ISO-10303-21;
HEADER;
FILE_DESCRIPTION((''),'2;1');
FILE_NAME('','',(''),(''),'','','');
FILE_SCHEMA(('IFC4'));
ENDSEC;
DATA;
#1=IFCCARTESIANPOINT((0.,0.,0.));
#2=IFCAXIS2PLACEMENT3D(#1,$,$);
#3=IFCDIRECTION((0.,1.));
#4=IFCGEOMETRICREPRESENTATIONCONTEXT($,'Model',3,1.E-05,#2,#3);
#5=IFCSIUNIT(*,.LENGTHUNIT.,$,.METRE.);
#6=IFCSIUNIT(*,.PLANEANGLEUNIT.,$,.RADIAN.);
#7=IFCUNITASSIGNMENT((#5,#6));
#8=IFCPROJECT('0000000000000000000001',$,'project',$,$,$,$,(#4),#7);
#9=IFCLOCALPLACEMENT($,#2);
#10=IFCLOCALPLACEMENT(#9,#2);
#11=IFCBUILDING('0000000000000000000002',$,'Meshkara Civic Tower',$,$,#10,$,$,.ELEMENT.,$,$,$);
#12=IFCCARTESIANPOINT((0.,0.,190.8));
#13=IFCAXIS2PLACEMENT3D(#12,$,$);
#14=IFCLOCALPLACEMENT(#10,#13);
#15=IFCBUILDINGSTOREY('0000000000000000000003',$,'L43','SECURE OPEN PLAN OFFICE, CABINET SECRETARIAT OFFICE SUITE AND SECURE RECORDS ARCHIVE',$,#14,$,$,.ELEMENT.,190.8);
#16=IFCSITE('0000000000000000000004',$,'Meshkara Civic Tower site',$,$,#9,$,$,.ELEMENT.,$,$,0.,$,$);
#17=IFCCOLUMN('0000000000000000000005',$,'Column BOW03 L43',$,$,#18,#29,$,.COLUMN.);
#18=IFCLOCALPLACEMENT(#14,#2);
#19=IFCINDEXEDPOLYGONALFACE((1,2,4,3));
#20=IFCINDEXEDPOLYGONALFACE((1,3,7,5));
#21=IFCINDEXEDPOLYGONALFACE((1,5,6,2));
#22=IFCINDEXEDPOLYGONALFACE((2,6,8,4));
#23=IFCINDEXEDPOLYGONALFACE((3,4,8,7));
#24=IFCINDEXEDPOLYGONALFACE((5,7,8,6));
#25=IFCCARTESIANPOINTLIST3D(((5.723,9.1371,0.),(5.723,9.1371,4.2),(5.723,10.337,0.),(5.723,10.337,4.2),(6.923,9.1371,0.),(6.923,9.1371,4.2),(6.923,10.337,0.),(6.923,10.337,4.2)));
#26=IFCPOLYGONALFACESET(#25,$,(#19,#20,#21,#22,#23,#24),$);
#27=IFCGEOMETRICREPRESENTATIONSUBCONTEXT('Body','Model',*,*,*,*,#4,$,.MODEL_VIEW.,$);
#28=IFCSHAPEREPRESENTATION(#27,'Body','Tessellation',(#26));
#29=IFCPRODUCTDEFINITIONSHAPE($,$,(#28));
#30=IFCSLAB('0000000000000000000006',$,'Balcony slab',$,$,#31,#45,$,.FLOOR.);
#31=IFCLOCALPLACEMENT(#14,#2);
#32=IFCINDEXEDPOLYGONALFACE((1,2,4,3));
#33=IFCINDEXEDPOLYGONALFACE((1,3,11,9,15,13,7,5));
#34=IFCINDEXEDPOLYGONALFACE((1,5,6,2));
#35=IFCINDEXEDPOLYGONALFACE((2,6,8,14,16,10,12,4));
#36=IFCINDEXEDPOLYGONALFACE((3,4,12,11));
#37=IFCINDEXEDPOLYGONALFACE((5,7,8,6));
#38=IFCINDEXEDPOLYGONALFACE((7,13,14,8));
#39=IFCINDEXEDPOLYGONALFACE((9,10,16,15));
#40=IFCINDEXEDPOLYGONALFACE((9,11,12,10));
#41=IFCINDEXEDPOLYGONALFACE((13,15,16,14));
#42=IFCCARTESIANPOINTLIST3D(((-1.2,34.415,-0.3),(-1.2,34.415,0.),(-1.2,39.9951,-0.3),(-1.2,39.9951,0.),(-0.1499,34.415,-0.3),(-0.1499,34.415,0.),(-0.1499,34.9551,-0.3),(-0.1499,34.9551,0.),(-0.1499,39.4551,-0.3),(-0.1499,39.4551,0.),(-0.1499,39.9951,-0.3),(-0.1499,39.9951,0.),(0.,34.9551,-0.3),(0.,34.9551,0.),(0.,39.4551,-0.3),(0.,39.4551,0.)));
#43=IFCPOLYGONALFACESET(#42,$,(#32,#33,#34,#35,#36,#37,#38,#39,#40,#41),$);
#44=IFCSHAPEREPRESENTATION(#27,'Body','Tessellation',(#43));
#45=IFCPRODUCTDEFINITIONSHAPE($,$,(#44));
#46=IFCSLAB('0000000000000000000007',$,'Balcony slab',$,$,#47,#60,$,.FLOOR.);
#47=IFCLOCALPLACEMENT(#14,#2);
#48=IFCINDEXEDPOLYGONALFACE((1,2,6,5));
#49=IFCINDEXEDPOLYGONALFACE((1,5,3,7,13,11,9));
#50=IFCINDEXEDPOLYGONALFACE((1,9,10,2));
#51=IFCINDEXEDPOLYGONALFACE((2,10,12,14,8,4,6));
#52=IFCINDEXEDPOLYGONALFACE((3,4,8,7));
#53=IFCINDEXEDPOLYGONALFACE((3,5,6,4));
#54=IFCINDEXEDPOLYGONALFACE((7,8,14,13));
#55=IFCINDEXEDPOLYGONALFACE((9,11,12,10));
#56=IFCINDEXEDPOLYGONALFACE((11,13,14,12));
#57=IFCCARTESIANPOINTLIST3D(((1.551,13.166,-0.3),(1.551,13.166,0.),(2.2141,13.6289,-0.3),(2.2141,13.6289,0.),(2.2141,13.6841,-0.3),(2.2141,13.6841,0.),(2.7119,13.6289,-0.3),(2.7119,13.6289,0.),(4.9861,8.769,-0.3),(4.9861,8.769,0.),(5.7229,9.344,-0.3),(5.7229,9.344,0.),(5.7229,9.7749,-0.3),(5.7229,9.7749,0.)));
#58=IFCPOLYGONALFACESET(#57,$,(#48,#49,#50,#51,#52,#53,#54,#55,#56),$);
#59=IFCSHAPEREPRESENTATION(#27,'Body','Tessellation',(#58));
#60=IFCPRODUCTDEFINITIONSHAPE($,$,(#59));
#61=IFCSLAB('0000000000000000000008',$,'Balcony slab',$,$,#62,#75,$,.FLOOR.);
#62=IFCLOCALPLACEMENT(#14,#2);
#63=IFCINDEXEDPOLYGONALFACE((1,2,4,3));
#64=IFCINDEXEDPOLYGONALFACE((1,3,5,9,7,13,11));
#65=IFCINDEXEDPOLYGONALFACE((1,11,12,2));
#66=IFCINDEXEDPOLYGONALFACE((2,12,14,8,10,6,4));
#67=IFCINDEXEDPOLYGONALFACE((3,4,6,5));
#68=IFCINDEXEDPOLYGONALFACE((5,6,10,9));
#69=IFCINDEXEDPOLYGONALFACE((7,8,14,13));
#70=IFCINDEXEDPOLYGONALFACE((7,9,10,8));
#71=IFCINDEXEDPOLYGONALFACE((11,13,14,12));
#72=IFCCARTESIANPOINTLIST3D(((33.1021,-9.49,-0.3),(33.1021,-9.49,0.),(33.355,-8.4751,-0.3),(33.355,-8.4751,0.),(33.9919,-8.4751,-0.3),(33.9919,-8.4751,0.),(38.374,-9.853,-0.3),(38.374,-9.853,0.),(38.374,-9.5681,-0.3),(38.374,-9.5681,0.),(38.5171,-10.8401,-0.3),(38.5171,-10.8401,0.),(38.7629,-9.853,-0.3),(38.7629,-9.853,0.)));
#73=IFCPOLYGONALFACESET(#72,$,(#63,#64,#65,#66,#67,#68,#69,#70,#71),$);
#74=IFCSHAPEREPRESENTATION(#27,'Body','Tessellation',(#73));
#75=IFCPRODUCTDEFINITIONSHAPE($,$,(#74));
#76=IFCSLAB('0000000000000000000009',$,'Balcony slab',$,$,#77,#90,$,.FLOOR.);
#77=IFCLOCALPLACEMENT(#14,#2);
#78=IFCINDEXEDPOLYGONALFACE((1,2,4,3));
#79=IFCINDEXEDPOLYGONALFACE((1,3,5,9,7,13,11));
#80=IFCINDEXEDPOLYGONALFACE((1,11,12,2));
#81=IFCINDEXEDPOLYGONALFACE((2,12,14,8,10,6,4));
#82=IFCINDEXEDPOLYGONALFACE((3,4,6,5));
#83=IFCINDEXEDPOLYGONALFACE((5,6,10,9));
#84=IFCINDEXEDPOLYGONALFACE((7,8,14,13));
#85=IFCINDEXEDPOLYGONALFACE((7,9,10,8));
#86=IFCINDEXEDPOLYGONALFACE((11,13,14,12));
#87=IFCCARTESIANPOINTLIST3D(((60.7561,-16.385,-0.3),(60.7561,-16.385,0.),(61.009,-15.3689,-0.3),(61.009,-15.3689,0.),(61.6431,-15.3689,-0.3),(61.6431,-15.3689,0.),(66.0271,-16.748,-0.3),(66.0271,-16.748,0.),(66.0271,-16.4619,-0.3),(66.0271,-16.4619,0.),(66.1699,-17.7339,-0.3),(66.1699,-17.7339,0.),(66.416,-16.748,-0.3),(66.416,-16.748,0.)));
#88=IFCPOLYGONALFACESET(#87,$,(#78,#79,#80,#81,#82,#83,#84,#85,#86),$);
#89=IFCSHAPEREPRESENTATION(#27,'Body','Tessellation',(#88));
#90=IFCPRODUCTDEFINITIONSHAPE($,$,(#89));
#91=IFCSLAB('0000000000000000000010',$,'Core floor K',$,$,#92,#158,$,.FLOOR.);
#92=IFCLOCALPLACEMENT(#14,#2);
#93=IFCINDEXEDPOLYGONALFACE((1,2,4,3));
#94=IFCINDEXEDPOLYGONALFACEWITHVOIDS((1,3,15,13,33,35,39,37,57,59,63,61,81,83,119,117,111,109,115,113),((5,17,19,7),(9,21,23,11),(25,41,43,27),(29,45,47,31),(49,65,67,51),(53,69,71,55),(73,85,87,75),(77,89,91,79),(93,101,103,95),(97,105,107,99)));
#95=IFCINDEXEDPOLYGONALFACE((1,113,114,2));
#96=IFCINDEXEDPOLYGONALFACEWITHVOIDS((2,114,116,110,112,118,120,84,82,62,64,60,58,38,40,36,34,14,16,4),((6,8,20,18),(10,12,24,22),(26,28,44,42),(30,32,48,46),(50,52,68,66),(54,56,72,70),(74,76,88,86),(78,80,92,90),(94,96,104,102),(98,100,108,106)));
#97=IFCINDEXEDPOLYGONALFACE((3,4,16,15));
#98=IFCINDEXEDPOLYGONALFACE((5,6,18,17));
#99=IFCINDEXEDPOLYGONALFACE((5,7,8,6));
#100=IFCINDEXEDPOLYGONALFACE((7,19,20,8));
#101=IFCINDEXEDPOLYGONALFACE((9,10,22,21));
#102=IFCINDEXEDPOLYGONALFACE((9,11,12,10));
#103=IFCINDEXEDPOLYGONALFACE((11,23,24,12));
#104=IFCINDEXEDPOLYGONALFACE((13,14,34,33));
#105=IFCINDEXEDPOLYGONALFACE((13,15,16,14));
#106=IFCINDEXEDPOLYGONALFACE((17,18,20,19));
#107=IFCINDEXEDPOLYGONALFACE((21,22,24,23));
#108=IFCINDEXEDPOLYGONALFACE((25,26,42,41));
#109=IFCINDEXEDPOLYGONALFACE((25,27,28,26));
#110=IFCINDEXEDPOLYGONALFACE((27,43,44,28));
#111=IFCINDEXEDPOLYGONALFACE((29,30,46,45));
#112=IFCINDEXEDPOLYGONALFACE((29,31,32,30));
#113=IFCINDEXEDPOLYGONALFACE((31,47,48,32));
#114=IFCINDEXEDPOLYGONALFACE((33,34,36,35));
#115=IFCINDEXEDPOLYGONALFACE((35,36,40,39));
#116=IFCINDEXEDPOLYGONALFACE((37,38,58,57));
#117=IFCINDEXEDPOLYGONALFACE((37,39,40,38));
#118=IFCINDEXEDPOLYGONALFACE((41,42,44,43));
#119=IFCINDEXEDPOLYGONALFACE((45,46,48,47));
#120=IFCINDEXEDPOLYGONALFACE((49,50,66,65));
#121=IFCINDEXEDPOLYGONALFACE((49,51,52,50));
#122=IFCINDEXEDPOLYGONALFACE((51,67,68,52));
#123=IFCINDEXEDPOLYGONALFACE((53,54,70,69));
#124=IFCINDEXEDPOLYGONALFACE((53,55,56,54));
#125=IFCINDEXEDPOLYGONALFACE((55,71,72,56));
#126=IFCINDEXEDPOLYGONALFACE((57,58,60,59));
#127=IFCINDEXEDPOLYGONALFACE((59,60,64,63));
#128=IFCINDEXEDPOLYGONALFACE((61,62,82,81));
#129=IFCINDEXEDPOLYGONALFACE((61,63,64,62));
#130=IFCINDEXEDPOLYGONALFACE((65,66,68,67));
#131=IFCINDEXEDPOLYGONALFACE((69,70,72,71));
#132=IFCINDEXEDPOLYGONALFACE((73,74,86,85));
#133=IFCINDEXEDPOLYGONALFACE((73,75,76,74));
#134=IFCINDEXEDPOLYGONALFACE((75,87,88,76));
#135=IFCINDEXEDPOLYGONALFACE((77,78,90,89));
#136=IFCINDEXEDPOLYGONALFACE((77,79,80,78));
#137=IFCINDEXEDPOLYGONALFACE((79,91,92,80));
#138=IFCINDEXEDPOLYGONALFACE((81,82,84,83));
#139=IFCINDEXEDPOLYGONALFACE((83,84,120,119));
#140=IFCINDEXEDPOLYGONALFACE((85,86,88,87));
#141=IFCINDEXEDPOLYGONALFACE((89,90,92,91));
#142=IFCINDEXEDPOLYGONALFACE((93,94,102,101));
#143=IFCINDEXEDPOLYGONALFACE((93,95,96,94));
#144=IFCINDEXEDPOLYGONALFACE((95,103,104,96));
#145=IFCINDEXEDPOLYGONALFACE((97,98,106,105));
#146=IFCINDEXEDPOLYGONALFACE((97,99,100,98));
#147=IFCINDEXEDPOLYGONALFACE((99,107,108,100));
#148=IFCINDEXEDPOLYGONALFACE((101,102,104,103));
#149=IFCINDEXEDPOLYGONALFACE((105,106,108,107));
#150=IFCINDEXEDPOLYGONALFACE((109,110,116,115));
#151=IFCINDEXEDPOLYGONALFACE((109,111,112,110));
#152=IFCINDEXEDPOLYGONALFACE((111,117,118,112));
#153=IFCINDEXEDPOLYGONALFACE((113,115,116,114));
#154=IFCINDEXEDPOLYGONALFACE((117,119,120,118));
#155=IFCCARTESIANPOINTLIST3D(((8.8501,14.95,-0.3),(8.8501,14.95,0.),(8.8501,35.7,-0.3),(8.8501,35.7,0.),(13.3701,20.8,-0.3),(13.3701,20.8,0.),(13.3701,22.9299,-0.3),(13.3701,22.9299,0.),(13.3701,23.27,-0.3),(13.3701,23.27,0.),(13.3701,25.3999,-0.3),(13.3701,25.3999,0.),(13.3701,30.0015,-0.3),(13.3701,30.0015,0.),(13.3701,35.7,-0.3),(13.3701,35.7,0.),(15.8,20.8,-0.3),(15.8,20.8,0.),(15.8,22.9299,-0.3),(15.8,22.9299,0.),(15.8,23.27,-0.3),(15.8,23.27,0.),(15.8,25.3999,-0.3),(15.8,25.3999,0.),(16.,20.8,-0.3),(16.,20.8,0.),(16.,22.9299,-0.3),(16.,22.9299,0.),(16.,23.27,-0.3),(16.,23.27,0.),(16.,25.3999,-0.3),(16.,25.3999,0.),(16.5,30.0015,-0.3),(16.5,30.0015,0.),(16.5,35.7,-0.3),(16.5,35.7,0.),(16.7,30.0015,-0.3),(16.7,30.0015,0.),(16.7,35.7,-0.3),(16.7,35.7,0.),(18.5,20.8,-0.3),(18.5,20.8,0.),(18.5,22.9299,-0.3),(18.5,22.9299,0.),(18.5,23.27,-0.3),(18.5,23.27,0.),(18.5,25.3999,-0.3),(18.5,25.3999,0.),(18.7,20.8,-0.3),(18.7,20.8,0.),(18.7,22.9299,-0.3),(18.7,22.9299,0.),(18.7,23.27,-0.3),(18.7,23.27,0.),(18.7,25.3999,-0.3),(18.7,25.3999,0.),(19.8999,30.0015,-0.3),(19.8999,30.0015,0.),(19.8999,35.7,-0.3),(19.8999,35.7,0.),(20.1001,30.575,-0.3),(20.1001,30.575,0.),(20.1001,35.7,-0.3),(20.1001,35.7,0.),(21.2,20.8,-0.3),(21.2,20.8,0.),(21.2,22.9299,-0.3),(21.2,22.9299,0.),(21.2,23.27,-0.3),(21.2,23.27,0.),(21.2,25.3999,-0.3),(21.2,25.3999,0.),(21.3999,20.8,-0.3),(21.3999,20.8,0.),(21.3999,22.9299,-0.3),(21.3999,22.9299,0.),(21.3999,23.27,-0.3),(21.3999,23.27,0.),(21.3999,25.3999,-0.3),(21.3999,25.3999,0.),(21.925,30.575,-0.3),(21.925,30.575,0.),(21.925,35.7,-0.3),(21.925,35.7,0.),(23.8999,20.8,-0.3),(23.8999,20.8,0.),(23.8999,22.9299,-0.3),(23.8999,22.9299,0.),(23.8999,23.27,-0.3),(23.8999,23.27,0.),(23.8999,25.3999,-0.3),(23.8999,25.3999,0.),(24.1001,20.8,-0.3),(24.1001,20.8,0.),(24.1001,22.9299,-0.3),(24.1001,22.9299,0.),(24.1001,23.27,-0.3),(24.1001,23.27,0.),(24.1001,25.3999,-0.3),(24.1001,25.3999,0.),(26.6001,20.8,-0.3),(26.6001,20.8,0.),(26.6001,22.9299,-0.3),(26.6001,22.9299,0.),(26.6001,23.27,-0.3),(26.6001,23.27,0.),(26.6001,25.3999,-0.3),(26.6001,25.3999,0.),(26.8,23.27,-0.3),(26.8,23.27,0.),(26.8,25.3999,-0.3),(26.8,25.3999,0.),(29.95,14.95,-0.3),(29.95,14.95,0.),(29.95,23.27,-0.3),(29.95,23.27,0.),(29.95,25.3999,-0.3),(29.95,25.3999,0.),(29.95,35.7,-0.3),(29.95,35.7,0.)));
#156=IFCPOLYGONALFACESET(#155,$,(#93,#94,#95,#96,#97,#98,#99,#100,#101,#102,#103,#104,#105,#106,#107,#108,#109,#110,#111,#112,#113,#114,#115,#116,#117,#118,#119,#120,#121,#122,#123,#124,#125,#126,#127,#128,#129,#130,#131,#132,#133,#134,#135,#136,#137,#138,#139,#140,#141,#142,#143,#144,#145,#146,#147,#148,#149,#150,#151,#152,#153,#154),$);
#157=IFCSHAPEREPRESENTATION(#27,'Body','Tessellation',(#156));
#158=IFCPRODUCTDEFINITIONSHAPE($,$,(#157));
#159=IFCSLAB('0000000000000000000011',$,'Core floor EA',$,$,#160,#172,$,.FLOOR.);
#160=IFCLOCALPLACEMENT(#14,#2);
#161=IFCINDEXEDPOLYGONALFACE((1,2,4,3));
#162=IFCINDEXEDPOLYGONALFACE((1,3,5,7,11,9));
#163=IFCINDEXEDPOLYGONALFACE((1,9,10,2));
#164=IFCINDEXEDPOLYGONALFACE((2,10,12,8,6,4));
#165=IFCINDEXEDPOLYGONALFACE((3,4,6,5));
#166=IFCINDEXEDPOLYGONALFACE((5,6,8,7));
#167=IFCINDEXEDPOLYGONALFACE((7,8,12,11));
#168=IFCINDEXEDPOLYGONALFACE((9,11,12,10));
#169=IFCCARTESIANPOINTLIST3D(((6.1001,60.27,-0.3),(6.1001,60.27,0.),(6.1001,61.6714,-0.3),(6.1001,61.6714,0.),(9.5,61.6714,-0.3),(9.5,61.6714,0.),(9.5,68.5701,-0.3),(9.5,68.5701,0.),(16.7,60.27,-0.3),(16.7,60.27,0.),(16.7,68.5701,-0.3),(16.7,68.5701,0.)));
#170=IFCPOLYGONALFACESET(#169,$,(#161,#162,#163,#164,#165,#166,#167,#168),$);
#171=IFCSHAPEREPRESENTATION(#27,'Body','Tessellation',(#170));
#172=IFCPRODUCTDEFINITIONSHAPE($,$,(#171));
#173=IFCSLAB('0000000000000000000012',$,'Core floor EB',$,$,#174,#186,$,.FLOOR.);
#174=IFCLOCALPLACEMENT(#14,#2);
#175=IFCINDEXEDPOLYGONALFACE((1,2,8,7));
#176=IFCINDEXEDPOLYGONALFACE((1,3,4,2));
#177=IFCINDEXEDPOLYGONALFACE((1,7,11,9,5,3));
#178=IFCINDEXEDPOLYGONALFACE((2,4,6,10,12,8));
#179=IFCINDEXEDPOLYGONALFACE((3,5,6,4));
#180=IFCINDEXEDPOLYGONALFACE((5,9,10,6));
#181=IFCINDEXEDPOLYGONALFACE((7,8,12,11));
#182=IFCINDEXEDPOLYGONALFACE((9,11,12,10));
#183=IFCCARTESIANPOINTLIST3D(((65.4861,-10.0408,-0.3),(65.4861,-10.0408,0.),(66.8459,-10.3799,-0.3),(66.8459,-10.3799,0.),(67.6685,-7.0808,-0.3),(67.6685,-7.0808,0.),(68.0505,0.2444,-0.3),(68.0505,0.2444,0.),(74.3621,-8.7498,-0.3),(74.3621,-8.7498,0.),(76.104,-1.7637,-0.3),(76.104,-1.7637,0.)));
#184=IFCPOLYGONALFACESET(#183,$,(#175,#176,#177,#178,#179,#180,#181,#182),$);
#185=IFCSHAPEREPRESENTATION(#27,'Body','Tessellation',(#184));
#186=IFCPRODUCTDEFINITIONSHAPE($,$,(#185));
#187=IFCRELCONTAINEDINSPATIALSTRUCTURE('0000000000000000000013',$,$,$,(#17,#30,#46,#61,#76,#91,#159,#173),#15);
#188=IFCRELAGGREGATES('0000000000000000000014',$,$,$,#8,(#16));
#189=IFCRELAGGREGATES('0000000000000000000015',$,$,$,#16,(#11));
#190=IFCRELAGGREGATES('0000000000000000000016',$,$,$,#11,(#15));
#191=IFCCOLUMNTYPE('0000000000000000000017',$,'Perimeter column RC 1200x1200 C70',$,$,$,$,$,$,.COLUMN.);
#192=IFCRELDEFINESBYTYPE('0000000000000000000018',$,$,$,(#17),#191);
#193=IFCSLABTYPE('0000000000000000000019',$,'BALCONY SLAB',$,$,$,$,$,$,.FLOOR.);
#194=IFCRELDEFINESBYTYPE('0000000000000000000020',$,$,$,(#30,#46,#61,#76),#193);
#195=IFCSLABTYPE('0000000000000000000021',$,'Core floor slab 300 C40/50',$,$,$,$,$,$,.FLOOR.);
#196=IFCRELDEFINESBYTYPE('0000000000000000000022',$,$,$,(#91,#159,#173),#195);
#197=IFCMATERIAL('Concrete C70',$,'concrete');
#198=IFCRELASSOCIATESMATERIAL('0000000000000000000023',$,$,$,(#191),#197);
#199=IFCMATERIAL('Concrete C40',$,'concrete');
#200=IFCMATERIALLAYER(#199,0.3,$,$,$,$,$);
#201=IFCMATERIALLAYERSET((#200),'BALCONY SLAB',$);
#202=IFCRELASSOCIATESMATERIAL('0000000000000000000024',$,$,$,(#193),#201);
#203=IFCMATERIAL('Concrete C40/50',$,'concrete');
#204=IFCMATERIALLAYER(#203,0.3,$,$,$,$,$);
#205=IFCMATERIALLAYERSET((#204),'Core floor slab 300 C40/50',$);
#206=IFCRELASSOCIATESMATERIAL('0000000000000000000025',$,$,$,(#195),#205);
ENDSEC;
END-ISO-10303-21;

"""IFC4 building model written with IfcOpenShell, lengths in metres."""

from ifc_helpers import new_model, si_unit, direction, frame, origin, origin_2d, place, context, subcontext, project, spatial, polyline, rectangle, outline, extrude, material, layer, layer_set, material_profile, profile_set, type_object, element, save


model = new_model("IFC4")

# Units and contexts
model_context = context("Model", 3, precision=1e-05, world=origin(), true_north=direction((0.0, 1.0)))
body_context = subcontext(model_context, "Body", "Model", "MODEL_VIEW")
ifc_project = project(units=[si_unit("LENGTHUNIT", "METRE"), si_unit("PLANEANGLEUNIT", "RADIAN")], contexts=[model_context])

# Site, building, storey
site_placement = place(None, origin())
site = spatial("IfcSite", under=ifc_project, at=site_placement, Name="Meshkara Civic Tower site", CompositionType="ELEMENT", RefElevation=0.0)
building_placement = place(site_placement, origin())
building = spatial("IfcBuilding", under=site, at=building_placement, Name="Meshkara Civic Tower", CompositionType="ELEMENT")
storey_placement = place(building_placement, frame((0.0, 0.0, 190.8)))
storey = spatial("IfcBuildingStorey", under=building, at=storey_placement, Name="L43", Description="SECURE OPEN PLAN OFFICE, CABINET SECRETARIAT OFFICE SUITE AND SECURE RECORDS ARCHIVE", CompositionType="ELEMENT", Elevation=190.8)

# Column
ifc_material_1 = material(Name="Concrete C70", Category="concrete")
ifc_material_profile = material_profile(ifc_material_1, rectangle(XDim=1.2, YDim=1.2, at=origin_2d()))
ifc_profile_set = profile_set([ifc_material_profile], Name="Concrete C70")
column_type = type_object("IfcColumnType", Name="Perimeter column RC 1200x1200 C70", PredefinedType="COLUMN", material=ifc_profile_set)
column_placement = place(storey_placement, frame((6.323, 9.7371, 0.0), z_axis=(0.0, 0.0, 1.0), x_axis=(1.0, 0.0, 0.0)))
element("IfcColumn", 1, at=column_placement, inside=storey, type_object=column_type, Name="Column BOW03 L43", PredefinedType="COLUMN", context=body_context, shape_type="SweptSolid", body=[
    extrude(rectangle(XDim=1.2, YDim=1.2, at=origin_2d()), origin(), (0.0, 0.0, 1.0), 4.2),
])

# Slabs
ifc_material_2 = material(Name="Concrete C40", Category="concrete")
ifc_layer_1 = layer(ifc_material_2, 0.3)
ifc_layer_set_1 = layer_set([ifc_layer_1], Name="BALCONY SLAB")
slab_type_1 = type_object("IfcSlabType", Name="BALCONY SLAB", PredefinedType="FLOOR", material=ifc_layer_set_1)
slab_1_placement = place(storey_placement, frame((0.0, 0.0, -0.3)))
element("IfcSlab", 2, at=slab_1_placement, inside=storey, type_object=slab_type_1, Name="Balcony slab", PredefinedType="FLOOR", context=body_context, shape_type="SweptSolid", body=[
    extrude(outline(polyline([(-1.2, 34.415), (-1.2, 39.9951), (-0.1499, 39.9951), (-0.1499, 39.4551), (0.0, 39.4551), (0.0, 34.9551), (-0.1499, 34.9551), (-0.1499, 34.415), (-1.2, 34.415)])), origin(), (0.0, 0.0, 1.0), 0.3),
])
slab_2_placement = place(storey_placement, frame((0.0, 0.0, -0.3)))
element("IfcSlab", 3, at=slab_2_placement, inside=storey, type_object=slab_type_1, Name="Balcony slab", PredefinedType="FLOOR", context=body_context, shape_type="SweptSolid", body=[
    extrude(outline(polyline([(4.9861, 8.769), (1.551, 13.166), (2.2141, 13.6841), (2.2141, 13.6289), (2.7119, 13.6289), (5.7229, 9.7749), (5.7229, 9.344), (4.9861, 8.769)])), origin(), (0.0, 0.0, 1.0), 0.3),
])
slab_3_placement = place(storey_placement, frame((0.0, 0.0, -0.3)))
element("IfcSlab", 4, at=slab_3_placement, inside=storey, type_object=slab_type_1, Name="Balcony slab", PredefinedType="FLOOR", context=body_context, shape_type="SweptSolid", body=[
    extrude(outline(polyline([(38.5171, -10.8401), (33.1021, -9.49), (33.355, -8.4751), (33.9919, -8.4751), (38.374, -9.5681), (38.374, -9.853), (38.7629, -9.853), (38.5171, -10.8401)])), origin(), (0.0, 0.0, 1.0), 0.3),
])
slab_4_placement = place(storey_placement, frame((0.0, 0.0, -0.3)))
element("IfcSlab", 5, at=slab_4_placement, inside=storey, type_object=slab_type_1, Name="Balcony slab", PredefinedType="FLOOR", context=body_context, shape_type="SweptSolid", body=[
    extrude(outline(polyline([(66.1699, -17.7339), (60.7561, -16.385), (61.009, -15.3689), (61.6431, -15.3689), (66.0271, -16.4619), (66.0271, -16.748), (66.416, -16.748), (66.1699, -17.7339)])), origin(), (0.0, 0.0, 1.0), 0.3),
])
ifc_material_3 = material(Name="Concrete C40/50", Category="concrete")
ifc_layer_2 = layer(ifc_material_3, 0.3)
ifc_layer_set_2 = layer_set([ifc_layer_2], Name="Core floor slab 300 C40/50")
slab_type_2 = type_object("IfcSlabType", Name="Core floor slab 300 C40/50", PredefinedType="FLOOR", material=ifc_layer_set_2)
slab_5_placement = place(storey_placement, frame((0.0, 0.0, -0.3)))
element("IfcSlab", 6, at=slab_5_placement, inside=storey, type_object=slab_type_2, Name="Core floor K", PredefinedType="FLOOR", context=body_context, shape_type="SweptSolid", body=[
    extrude(outline(polyline([(8.8501, 35.7), (13.3701, 35.7), (13.3701, 30.0015), (16.5, 30.0015), (16.5, 35.7), (16.7, 35.7), (16.7, 30.0015), (19.8999, 30.0015), (19.8999, 35.7), (20.1001, 35.7), (20.1001, 30.575), (21.925, 30.575), (21.925, 35.7), (29.95, 35.7), (29.95, 25.3999), (26.8, 25.3999), (26.8, 23.27), (29.95, 23.27), (29.95, 14.95), (8.8501, 14.95), (8.8501, 35.7)]), holes=[polyline([(15.8, 22.9299), (13.3701, 22.9299), (13.3701, 20.8), (15.8, 20.8), (15.8, 22.9299)]), polyline([(16.0, 22.9299), (16.0, 20.8), (18.5, 20.8), (18.5, 22.9299), (16.0, 22.9299)]), polyline([(18.7, 22.9299), (18.7, 20.8), (21.2, 20.8), (21.2, 22.9299), (18.7, 22.9299)]), polyline([(15.8, 23.27), (15.8, 25.3999), (13.3701, 25.3999), (13.3701, 23.27), (15.8, 23.27)]), polyline([(16.0, 25.3999), (16.0, 23.27), (18.5, 23.27), (18.5, 25.3999), (16.0, 25.3999)]), polyline([(23.8999, 20.8), (23.8999, 22.9299), (21.3999, 22.9299), (21.3999, 20.8), (23.8999, 20.8)]), polyline([(24.1001, 20.8), (26.6001, 20.8), (26.6001, 22.9299), (24.1001, 22.9299), (24.1001, 20.8)]), polyline([(18.7, 25.3999), (18.7, 23.27), (21.2, 23.27), (21.2, 25.3999), (18.7, 25.3999)]), polyline([(21.3999, 23.27), (23.8999, 23.27), (23.8999, 25.3999), (21.3999, 25.3999), (21.3999, 23.27)]), polyline([(24.1001, 23.27), (26.6001, 23.27), (26.6001, 25.3999), (24.1001, 25.3999), (24.1001, 23.27)])]), origin(), (0.0, 0.0, 1.0), 0.3),
])
slab_6_placement = place(storey_placement, frame((0.0, 0.0, -0.3)))
element("IfcSlab", 7, at=slab_6_placement, inside=storey, type_object=slab_type_2, Name="Core floor EA", PredefinedType="FLOOR", context=body_context, shape_type="SweptSolid", body=[
    extrude(outline(polyline([(16.7, 60.27), (16.7, 68.5701), (9.5, 68.5701), (9.5, 61.6714), (6.1001, 61.6714), (6.1001, 60.27), (16.7, 60.27)])), origin(), (0.0, 0.0, 1.0), 0.3),
])
slab_7_placement = place(storey_placement, frame((0.0, 0.0, -0.3)))
element("IfcSlab", 8, at=slab_7_placement, inside=storey, type_object=slab_type_2, Name="Core floor EB", PredefinedType="FLOOR", context=body_context, shape_type="SweptSolid", body=[
    extrude(outline(polyline([(68.0505, 0.2444), (76.104, -1.7637), (74.3621, -8.7498), (67.6685, -7.0808), (66.8459, -10.3799), (65.4861, -10.0408), (68.0505, 0.2444)])), origin(), (0.0, 0.0, 1.0), 0.3),
])

save(model, "model.ifc")
